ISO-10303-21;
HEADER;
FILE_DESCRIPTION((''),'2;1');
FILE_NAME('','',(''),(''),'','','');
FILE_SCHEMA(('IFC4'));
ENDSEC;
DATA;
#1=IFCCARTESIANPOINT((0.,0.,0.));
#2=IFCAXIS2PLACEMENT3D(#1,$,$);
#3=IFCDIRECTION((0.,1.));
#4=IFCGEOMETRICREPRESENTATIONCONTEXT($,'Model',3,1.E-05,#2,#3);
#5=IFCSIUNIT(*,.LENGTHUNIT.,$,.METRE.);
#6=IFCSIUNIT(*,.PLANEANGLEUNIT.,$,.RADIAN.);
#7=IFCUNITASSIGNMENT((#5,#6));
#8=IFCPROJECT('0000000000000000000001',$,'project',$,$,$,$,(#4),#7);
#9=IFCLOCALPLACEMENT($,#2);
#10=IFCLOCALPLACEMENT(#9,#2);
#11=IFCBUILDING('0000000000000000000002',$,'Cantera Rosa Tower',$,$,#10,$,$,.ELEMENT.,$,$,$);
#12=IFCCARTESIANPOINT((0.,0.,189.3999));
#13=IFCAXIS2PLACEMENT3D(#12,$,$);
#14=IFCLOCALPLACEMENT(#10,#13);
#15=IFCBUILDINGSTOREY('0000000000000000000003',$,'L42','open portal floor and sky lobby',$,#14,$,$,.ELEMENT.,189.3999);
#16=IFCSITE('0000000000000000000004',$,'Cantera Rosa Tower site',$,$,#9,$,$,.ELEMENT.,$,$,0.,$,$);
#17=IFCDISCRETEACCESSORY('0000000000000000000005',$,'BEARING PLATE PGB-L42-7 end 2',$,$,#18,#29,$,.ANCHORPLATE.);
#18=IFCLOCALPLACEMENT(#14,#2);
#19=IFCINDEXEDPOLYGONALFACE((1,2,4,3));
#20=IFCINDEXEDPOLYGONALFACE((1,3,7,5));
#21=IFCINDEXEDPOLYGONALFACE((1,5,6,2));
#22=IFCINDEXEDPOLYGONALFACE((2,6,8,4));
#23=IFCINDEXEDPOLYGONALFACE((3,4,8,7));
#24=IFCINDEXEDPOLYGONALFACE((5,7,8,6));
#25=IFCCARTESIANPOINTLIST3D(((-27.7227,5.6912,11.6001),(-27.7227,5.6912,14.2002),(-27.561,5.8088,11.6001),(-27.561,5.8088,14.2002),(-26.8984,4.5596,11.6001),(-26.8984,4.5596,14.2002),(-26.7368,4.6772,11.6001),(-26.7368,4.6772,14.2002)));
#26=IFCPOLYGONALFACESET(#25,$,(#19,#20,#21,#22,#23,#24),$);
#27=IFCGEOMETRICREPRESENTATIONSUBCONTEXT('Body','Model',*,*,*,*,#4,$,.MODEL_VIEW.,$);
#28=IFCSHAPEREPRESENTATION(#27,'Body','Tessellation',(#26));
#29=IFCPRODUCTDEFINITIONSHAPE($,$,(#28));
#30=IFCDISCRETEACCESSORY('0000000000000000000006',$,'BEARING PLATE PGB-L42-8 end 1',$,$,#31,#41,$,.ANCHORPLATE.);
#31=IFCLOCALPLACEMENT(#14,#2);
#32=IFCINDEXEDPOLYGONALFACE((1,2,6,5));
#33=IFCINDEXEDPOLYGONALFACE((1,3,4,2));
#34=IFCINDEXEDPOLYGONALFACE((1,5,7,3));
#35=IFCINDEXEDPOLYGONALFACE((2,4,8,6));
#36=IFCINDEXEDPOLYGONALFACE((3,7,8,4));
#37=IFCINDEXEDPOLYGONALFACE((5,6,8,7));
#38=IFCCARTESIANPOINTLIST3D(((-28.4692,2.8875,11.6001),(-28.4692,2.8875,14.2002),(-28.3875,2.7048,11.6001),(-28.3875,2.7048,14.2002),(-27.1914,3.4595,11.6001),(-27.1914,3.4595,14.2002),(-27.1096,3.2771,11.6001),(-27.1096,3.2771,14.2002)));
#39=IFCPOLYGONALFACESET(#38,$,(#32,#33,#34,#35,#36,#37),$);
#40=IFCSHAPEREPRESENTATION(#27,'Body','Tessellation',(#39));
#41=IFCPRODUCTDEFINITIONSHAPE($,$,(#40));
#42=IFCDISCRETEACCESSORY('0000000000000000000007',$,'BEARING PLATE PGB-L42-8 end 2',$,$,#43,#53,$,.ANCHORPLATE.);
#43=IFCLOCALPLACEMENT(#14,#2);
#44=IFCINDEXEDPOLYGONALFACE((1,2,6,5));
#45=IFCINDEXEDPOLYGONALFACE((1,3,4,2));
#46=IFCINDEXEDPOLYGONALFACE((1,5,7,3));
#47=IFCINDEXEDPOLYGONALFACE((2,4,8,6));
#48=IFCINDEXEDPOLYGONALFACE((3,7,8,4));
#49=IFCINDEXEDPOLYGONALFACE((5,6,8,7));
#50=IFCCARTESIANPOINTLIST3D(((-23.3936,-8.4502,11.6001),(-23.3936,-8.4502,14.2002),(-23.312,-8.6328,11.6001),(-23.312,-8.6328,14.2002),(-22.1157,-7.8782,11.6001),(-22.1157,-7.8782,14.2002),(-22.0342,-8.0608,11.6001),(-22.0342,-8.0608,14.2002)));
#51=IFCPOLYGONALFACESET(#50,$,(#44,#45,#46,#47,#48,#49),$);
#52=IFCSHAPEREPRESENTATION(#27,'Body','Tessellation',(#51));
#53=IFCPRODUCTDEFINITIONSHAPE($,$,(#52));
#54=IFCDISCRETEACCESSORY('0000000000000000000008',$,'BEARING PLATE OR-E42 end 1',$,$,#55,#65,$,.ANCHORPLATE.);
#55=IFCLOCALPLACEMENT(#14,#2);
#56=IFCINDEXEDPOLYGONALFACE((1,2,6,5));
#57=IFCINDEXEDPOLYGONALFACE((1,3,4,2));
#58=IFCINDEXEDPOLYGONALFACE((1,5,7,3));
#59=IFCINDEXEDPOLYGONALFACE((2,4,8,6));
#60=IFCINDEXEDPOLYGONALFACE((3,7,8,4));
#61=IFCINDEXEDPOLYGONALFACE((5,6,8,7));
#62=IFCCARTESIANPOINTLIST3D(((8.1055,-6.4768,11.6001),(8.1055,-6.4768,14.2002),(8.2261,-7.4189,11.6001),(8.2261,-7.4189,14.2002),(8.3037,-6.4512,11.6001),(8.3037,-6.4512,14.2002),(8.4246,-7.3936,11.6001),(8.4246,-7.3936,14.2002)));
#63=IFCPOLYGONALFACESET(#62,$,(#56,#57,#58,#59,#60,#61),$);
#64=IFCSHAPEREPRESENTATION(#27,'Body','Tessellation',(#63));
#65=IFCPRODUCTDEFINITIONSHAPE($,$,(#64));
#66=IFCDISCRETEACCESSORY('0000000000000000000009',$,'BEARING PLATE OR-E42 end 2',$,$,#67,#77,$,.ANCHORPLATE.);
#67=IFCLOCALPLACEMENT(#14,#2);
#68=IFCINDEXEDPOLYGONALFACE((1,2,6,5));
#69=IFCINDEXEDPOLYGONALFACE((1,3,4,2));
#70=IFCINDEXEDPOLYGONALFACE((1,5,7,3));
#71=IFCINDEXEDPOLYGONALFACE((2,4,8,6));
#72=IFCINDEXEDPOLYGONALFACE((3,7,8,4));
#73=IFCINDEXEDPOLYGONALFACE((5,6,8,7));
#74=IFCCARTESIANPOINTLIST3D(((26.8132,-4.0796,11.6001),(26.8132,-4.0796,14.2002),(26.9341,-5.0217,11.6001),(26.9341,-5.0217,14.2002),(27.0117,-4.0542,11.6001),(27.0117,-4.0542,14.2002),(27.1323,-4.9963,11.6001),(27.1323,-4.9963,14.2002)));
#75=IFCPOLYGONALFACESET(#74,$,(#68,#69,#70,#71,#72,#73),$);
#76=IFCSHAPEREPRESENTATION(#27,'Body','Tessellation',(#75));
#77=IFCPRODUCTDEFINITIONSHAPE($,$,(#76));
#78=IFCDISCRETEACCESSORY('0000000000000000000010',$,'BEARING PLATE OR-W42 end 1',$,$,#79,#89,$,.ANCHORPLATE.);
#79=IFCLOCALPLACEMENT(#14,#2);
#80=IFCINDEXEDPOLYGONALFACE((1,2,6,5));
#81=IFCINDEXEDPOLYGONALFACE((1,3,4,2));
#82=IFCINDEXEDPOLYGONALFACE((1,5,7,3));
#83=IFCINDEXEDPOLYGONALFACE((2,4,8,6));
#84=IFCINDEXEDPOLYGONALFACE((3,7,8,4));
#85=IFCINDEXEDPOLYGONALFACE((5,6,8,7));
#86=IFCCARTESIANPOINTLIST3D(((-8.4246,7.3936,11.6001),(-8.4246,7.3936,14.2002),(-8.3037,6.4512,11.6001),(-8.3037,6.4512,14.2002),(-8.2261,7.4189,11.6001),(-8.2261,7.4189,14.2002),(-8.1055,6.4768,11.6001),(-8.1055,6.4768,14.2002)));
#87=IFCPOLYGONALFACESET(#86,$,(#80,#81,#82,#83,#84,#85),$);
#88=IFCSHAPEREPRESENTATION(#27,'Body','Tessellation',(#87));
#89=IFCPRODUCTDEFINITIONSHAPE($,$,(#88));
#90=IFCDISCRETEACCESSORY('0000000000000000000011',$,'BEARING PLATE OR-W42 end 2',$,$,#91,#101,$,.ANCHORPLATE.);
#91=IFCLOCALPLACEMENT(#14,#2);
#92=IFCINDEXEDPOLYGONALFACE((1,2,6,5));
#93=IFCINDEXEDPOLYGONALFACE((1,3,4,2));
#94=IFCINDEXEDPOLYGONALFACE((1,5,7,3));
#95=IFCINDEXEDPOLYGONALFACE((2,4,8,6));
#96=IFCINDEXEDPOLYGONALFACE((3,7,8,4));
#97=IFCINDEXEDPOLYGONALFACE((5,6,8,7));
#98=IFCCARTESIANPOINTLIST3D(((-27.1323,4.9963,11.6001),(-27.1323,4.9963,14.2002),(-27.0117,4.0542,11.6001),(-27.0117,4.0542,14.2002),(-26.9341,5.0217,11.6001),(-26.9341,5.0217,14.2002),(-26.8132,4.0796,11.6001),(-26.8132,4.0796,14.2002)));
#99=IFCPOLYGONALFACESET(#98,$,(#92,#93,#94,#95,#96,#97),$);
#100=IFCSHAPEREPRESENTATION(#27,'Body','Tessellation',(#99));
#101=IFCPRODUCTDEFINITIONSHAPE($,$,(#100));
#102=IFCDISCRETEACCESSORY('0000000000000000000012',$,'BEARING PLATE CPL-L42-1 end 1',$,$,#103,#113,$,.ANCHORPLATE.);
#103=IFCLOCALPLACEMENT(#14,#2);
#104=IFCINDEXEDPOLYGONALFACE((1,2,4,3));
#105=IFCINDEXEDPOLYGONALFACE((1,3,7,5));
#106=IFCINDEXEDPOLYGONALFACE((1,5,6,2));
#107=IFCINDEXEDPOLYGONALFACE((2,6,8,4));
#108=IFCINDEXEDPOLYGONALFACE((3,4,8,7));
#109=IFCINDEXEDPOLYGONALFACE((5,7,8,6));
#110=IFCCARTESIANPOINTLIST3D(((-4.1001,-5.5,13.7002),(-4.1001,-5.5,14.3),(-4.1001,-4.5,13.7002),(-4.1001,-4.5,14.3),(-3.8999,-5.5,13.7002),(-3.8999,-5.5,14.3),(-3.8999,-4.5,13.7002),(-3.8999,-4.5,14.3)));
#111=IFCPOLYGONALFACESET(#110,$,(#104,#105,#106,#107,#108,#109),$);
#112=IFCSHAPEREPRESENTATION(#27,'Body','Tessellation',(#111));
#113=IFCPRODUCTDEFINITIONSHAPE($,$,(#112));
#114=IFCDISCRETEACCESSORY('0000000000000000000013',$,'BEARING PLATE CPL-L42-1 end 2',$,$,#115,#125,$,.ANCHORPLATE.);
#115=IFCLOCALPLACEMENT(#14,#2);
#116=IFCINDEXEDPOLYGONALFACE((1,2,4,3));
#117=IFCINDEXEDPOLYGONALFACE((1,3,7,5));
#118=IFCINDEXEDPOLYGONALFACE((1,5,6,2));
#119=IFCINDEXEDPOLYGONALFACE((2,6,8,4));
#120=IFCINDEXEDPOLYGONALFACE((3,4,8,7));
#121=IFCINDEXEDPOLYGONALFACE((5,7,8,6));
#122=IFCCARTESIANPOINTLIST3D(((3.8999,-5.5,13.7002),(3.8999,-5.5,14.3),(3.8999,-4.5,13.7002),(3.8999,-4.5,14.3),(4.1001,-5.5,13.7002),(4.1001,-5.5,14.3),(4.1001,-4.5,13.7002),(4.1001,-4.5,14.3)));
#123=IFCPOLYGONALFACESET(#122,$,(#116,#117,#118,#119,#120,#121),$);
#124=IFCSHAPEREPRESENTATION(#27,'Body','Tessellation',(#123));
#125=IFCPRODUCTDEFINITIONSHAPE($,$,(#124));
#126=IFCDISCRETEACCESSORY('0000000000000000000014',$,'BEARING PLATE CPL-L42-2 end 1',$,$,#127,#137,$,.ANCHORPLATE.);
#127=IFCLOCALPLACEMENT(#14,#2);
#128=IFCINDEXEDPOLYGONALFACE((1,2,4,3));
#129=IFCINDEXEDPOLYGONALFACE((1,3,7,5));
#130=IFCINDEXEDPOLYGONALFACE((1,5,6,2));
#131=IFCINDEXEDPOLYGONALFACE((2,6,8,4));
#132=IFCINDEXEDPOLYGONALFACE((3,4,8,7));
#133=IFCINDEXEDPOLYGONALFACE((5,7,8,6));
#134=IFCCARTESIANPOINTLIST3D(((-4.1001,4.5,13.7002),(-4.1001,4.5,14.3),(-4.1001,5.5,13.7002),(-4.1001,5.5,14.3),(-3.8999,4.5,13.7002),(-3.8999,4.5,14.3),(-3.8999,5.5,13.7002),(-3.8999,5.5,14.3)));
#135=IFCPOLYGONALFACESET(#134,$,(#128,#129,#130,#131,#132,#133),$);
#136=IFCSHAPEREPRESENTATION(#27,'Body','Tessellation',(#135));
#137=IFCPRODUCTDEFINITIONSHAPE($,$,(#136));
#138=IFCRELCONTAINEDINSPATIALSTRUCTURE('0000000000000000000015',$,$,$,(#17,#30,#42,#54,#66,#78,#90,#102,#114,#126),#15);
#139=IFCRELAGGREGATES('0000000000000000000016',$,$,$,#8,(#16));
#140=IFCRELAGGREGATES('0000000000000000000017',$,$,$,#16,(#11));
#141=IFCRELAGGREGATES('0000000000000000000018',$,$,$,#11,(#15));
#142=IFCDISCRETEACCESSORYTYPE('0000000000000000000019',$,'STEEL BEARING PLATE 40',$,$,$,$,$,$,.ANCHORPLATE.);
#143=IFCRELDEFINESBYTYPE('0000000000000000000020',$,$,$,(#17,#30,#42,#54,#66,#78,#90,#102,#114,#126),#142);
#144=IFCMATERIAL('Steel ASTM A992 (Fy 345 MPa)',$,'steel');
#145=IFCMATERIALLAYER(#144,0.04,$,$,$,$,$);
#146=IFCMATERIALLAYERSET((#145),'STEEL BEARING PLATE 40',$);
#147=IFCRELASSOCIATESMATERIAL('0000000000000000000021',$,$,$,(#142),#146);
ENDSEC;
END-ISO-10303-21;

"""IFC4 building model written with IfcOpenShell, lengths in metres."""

from ifc_helpers import new_model, si_unit, direction, frame, origin, place, context, subcontext, project, spatial, polyline, outline, extrude, material, layer, layer_set, type_object, element, save


model = new_model("IFC4")

# Units and contexts
model_context = context("Model", 3, precision=1e-05, world=origin(), true_north=direction((0.0, 1.0)))
body_context = subcontext(model_context, "Body", "Model", "MODEL_VIEW")
ifc_project = project(units=[si_unit("LENGTHUNIT", "METRE"), si_unit("PLANEANGLEUNIT", "RADIAN")], contexts=[model_context])

# Site, building, storey
site_placement = place(None, origin())
site = spatial("IfcSite", under=ifc_project, at=site_placement, Name="Cantera Rosa Tower site", CompositionType="ELEMENT", RefElevation=0.0)
building_placement = place(site_placement, origin())
building = spatial("IfcBuilding", under=site, at=building_placement, Name="Cantera Rosa Tower", CompositionType="ELEMENT")
storey_placement = place(building_placement, frame((0.0, 0.0, 189.3999)))
storey = spatial("IfcBuildingStorey", under=building, at=storey_placement, Name="L42", Description="open portal floor and sky lobby", CompositionType="ELEMENT", Elevation=189.3999)

# Discrete accessories
ifc_material_1 = material(Name="Steel ASTM A992 (Fy 345 MPa)", Category="steel")
ifc_layer_1 = layer(ifc_material_1, 0.04)
ifc_layer_set_1 = layer_set([ifc_layer_1], Name="STEEL BEARING PLATE 40")
discrete_accessory_type = type_object("IfcDiscreteAccessoryType", Name="STEEL BEARING PLATE 40", PredefinedType="ANCHORPLATE", material=ifc_layer_set_1)
discrete_accessory_1_placement = place(storey_placement, frame((0.0, 0.0, 11.6001)))
element("IfcDiscreteAccessory", 1, at=discrete_accessory_1_placement, inside=storey, type_object=discrete_accessory_type, Name="BEARING PLATE PGB-L42-7 end 2", PredefinedType="ANCHORPLATE", context=body_context, shape_type="SweptSolid", body=[
    extrude(outline(polyline([(-27.561, 5.8088), (-27.7227, 5.6912), (-26.8984, 4.5596), (-26.7368, 4.6772), (-27.561, 5.8088)])), origin(), (0.0, 0.0, 1.0), 2.6001),
])
discrete_accessory_2_placement = place(storey_placement, frame((0.0, 0.0, 11.6001)))
element("IfcDiscreteAccessory", 2, at=discrete_accessory_2_placement, inside=storey, type_object=discrete_accessory_type, Name="BEARING PLATE PGB-L42-8 end 1", PredefinedType="ANCHORPLATE", context=body_context, shape_type="SweptSolid", body=[
    extrude(outline(polyline([(-27.1096, 3.2771), (-27.1914, 3.4595), (-28.4692, 2.8875), (-28.3875, 2.7048), (-27.1096, 3.2771)])), origin(), (0.0, 0.0, 1.0), 2.6001),
])
discrete_accessory_3_placement = place(storey_placement, frame((0.0, 0.0, 11.6001)))
element("IfcDiscreteAccessory", 3, at=discrete_accessory_3_placement, inside=storey, type_object=discrete_accessory_type, Name="BEARING PLATE PGB-L42-8 end 2", PredefinedType="ANCHORPLATE", context=body_context, shape_type="SweptSolid", body=[
    extrude(outline(polyline([(-23.3936, -8.4502), (-23.312, -8.6328), (-22.0342, -8.0608), (-22.1157, -7.8782), (-23.3936, -8.4502)])), origin(), (0.0, 0.0, 1.0), 2.6001),
])
discrete_accessory_4_placement = place(storey_placement, frame((0.0, 0.0, 11.6001)))
element("IfcDiscreteAccessory", 4, at=discrete_accessory_4_placement, inside=storey, type_object=discrete_accessory_type, Name="BEARING PLATE OR-E42 end 1", PredefinedType="ANCHORPLATE", context=body_context, shape_type="SweptSolid", body=[
    extrude(outline(polyline([(8.3037, -6.4512), (8.1055, -6.4768), (8.2261, -7.4189), (8.4246, -7.3936), (8.3037, -6.4512)])), origin(), (0.0, 0.0, 1.0), 2.6001),
])
discrete_accessory_5_placement = place(storey_placement, frame((0.0, 0.0, 11.6001)))
element("IfcDiscreteAccessory", 5, at=discrete_accessory_5_placement, inside=storey, type_object=discrete_accessory_type, Name="BEARING PLATE OR-E42 end 2", PredefinedType="ANCHORPLATE", context=body_context, shape_type="SweptSolid", body=[
    extrude(outline(polyline([(26.9341, -5.0217), (27.1323, -4.9963), (27.0117, -4.0542), (26.8132, -4.0796), (26.9341, -5.0217)])), origin(), (0.0, 0.0, 1.0), 2.6001),
])
discrete_accessory_6_placement = place(storey_placement, frame((0.0, 0.0, 11.6001)))
element("IfcDiscreteAccessory", 6, at=discrete_accessory_6_placement, inside=storey, type_object=discrete_accessory_type, Name="BEARING PLATE OR-W42 end 1", PredefinedType="ANCHORPLATE", context=body_context, shape_type="SweptSolid", body=[
    extrude(outline(polyline([(-8.3037, 6.4512), (-8.1055, 6.4768), (-8.2261, 7.4189), (-8.4246, 7.3936), (-8.3037, 6.4512)])), origin(), (0.0, 0.0, 1.0), 2.6001),
])
discrete_accessory_7_placement = place(storey_placement, frame((0.0, 0.0, 11.6001)))
element("IfcDiscreteAccessory", 7, at=discrete_accessory_7_placement, inside=storey, type_object=discrete_accessory_type, Name="BEARING PLATE OR-W42 end 2", PredefinedType="ANCHORPLATE", context=body_context, shape_type="SweptSolid", body=[
    extrude(outline(polyline([(-26.9341, 5.0217), (-27.1323, 4.9963), (-27.0117, 4.0542), (-26.8132, 4.0796), (-26.9341, 5.0217)])), origin(), (0.0, 0.0, 1.0), 2.6001),
])
discrete_accessory_8_placement = place(storey_placement, frame((0.0, 0.0, 13.7002)))
element("IfcDiscreteAccessory", 8, at=discrete_accessory_8_placement, inside=storey, type_object=discrete_accessory_type, Name="BEARING PLATE CPL-L42-1 end 1", PredefinedType="ANCHORPLATE", context=body_context, shape_type="SweptSolid", body=[
    extrude(outline(polyline([(-3.8999, -4.5), (-4.1001, -4.5), (-4.1001, -5.5), (-3.8999, -5.5), (-3.8999, -4.5)])), origin(), (0.0, 0.0, 1.0), 0.5999),
])
discrete_accessory_9_placement = place(storey_placement, frame((0.0, 0.0, 13.7002)))
element("IfcDiscreteAccessory", 9, at=discrete_accessory_9_placement, inside=storey, type_object=discrete_accessory_type, Name="BEARING PLATE CPL-L42-1 end 2", PredefinedType="ANCHORPLATE", context=body_context, shape_type="SweptSolid", body=[
    extrude(outline(polyline([(3.8999, -5.5), (4.1001, -5.5), (4.1001, -4.5), (3.8999, -4.5), (3.8999, -5.5)])), origin(), (0.0, 0.0, 1.0), 0.5999),
])
discrete_accessory_10_placement = place(storey_placement, frame((0.0, 0.0, 13.7002)))
element("IfcDiscreteAccessory", 10, at=discrete_accessory_10_placement, inside=storey, type_object=discrete_accessory_type, Name="BEARING PLATE CPL-L42-2 end 1", PredefinedType="ANCHORPLATE", context=body_context, shape_type="SweptSolid", body=[
    extrude(outline(polyline([(-3.8999, 5.5), (-4.1001, 5.5), (-4.1001, 4.5), (-3.8999, 4.5), (-3.8999, 5.5)])), origin(), (0.0, 0.0, 1.0), 0.5999),
])

save(model, "model.ifc")
